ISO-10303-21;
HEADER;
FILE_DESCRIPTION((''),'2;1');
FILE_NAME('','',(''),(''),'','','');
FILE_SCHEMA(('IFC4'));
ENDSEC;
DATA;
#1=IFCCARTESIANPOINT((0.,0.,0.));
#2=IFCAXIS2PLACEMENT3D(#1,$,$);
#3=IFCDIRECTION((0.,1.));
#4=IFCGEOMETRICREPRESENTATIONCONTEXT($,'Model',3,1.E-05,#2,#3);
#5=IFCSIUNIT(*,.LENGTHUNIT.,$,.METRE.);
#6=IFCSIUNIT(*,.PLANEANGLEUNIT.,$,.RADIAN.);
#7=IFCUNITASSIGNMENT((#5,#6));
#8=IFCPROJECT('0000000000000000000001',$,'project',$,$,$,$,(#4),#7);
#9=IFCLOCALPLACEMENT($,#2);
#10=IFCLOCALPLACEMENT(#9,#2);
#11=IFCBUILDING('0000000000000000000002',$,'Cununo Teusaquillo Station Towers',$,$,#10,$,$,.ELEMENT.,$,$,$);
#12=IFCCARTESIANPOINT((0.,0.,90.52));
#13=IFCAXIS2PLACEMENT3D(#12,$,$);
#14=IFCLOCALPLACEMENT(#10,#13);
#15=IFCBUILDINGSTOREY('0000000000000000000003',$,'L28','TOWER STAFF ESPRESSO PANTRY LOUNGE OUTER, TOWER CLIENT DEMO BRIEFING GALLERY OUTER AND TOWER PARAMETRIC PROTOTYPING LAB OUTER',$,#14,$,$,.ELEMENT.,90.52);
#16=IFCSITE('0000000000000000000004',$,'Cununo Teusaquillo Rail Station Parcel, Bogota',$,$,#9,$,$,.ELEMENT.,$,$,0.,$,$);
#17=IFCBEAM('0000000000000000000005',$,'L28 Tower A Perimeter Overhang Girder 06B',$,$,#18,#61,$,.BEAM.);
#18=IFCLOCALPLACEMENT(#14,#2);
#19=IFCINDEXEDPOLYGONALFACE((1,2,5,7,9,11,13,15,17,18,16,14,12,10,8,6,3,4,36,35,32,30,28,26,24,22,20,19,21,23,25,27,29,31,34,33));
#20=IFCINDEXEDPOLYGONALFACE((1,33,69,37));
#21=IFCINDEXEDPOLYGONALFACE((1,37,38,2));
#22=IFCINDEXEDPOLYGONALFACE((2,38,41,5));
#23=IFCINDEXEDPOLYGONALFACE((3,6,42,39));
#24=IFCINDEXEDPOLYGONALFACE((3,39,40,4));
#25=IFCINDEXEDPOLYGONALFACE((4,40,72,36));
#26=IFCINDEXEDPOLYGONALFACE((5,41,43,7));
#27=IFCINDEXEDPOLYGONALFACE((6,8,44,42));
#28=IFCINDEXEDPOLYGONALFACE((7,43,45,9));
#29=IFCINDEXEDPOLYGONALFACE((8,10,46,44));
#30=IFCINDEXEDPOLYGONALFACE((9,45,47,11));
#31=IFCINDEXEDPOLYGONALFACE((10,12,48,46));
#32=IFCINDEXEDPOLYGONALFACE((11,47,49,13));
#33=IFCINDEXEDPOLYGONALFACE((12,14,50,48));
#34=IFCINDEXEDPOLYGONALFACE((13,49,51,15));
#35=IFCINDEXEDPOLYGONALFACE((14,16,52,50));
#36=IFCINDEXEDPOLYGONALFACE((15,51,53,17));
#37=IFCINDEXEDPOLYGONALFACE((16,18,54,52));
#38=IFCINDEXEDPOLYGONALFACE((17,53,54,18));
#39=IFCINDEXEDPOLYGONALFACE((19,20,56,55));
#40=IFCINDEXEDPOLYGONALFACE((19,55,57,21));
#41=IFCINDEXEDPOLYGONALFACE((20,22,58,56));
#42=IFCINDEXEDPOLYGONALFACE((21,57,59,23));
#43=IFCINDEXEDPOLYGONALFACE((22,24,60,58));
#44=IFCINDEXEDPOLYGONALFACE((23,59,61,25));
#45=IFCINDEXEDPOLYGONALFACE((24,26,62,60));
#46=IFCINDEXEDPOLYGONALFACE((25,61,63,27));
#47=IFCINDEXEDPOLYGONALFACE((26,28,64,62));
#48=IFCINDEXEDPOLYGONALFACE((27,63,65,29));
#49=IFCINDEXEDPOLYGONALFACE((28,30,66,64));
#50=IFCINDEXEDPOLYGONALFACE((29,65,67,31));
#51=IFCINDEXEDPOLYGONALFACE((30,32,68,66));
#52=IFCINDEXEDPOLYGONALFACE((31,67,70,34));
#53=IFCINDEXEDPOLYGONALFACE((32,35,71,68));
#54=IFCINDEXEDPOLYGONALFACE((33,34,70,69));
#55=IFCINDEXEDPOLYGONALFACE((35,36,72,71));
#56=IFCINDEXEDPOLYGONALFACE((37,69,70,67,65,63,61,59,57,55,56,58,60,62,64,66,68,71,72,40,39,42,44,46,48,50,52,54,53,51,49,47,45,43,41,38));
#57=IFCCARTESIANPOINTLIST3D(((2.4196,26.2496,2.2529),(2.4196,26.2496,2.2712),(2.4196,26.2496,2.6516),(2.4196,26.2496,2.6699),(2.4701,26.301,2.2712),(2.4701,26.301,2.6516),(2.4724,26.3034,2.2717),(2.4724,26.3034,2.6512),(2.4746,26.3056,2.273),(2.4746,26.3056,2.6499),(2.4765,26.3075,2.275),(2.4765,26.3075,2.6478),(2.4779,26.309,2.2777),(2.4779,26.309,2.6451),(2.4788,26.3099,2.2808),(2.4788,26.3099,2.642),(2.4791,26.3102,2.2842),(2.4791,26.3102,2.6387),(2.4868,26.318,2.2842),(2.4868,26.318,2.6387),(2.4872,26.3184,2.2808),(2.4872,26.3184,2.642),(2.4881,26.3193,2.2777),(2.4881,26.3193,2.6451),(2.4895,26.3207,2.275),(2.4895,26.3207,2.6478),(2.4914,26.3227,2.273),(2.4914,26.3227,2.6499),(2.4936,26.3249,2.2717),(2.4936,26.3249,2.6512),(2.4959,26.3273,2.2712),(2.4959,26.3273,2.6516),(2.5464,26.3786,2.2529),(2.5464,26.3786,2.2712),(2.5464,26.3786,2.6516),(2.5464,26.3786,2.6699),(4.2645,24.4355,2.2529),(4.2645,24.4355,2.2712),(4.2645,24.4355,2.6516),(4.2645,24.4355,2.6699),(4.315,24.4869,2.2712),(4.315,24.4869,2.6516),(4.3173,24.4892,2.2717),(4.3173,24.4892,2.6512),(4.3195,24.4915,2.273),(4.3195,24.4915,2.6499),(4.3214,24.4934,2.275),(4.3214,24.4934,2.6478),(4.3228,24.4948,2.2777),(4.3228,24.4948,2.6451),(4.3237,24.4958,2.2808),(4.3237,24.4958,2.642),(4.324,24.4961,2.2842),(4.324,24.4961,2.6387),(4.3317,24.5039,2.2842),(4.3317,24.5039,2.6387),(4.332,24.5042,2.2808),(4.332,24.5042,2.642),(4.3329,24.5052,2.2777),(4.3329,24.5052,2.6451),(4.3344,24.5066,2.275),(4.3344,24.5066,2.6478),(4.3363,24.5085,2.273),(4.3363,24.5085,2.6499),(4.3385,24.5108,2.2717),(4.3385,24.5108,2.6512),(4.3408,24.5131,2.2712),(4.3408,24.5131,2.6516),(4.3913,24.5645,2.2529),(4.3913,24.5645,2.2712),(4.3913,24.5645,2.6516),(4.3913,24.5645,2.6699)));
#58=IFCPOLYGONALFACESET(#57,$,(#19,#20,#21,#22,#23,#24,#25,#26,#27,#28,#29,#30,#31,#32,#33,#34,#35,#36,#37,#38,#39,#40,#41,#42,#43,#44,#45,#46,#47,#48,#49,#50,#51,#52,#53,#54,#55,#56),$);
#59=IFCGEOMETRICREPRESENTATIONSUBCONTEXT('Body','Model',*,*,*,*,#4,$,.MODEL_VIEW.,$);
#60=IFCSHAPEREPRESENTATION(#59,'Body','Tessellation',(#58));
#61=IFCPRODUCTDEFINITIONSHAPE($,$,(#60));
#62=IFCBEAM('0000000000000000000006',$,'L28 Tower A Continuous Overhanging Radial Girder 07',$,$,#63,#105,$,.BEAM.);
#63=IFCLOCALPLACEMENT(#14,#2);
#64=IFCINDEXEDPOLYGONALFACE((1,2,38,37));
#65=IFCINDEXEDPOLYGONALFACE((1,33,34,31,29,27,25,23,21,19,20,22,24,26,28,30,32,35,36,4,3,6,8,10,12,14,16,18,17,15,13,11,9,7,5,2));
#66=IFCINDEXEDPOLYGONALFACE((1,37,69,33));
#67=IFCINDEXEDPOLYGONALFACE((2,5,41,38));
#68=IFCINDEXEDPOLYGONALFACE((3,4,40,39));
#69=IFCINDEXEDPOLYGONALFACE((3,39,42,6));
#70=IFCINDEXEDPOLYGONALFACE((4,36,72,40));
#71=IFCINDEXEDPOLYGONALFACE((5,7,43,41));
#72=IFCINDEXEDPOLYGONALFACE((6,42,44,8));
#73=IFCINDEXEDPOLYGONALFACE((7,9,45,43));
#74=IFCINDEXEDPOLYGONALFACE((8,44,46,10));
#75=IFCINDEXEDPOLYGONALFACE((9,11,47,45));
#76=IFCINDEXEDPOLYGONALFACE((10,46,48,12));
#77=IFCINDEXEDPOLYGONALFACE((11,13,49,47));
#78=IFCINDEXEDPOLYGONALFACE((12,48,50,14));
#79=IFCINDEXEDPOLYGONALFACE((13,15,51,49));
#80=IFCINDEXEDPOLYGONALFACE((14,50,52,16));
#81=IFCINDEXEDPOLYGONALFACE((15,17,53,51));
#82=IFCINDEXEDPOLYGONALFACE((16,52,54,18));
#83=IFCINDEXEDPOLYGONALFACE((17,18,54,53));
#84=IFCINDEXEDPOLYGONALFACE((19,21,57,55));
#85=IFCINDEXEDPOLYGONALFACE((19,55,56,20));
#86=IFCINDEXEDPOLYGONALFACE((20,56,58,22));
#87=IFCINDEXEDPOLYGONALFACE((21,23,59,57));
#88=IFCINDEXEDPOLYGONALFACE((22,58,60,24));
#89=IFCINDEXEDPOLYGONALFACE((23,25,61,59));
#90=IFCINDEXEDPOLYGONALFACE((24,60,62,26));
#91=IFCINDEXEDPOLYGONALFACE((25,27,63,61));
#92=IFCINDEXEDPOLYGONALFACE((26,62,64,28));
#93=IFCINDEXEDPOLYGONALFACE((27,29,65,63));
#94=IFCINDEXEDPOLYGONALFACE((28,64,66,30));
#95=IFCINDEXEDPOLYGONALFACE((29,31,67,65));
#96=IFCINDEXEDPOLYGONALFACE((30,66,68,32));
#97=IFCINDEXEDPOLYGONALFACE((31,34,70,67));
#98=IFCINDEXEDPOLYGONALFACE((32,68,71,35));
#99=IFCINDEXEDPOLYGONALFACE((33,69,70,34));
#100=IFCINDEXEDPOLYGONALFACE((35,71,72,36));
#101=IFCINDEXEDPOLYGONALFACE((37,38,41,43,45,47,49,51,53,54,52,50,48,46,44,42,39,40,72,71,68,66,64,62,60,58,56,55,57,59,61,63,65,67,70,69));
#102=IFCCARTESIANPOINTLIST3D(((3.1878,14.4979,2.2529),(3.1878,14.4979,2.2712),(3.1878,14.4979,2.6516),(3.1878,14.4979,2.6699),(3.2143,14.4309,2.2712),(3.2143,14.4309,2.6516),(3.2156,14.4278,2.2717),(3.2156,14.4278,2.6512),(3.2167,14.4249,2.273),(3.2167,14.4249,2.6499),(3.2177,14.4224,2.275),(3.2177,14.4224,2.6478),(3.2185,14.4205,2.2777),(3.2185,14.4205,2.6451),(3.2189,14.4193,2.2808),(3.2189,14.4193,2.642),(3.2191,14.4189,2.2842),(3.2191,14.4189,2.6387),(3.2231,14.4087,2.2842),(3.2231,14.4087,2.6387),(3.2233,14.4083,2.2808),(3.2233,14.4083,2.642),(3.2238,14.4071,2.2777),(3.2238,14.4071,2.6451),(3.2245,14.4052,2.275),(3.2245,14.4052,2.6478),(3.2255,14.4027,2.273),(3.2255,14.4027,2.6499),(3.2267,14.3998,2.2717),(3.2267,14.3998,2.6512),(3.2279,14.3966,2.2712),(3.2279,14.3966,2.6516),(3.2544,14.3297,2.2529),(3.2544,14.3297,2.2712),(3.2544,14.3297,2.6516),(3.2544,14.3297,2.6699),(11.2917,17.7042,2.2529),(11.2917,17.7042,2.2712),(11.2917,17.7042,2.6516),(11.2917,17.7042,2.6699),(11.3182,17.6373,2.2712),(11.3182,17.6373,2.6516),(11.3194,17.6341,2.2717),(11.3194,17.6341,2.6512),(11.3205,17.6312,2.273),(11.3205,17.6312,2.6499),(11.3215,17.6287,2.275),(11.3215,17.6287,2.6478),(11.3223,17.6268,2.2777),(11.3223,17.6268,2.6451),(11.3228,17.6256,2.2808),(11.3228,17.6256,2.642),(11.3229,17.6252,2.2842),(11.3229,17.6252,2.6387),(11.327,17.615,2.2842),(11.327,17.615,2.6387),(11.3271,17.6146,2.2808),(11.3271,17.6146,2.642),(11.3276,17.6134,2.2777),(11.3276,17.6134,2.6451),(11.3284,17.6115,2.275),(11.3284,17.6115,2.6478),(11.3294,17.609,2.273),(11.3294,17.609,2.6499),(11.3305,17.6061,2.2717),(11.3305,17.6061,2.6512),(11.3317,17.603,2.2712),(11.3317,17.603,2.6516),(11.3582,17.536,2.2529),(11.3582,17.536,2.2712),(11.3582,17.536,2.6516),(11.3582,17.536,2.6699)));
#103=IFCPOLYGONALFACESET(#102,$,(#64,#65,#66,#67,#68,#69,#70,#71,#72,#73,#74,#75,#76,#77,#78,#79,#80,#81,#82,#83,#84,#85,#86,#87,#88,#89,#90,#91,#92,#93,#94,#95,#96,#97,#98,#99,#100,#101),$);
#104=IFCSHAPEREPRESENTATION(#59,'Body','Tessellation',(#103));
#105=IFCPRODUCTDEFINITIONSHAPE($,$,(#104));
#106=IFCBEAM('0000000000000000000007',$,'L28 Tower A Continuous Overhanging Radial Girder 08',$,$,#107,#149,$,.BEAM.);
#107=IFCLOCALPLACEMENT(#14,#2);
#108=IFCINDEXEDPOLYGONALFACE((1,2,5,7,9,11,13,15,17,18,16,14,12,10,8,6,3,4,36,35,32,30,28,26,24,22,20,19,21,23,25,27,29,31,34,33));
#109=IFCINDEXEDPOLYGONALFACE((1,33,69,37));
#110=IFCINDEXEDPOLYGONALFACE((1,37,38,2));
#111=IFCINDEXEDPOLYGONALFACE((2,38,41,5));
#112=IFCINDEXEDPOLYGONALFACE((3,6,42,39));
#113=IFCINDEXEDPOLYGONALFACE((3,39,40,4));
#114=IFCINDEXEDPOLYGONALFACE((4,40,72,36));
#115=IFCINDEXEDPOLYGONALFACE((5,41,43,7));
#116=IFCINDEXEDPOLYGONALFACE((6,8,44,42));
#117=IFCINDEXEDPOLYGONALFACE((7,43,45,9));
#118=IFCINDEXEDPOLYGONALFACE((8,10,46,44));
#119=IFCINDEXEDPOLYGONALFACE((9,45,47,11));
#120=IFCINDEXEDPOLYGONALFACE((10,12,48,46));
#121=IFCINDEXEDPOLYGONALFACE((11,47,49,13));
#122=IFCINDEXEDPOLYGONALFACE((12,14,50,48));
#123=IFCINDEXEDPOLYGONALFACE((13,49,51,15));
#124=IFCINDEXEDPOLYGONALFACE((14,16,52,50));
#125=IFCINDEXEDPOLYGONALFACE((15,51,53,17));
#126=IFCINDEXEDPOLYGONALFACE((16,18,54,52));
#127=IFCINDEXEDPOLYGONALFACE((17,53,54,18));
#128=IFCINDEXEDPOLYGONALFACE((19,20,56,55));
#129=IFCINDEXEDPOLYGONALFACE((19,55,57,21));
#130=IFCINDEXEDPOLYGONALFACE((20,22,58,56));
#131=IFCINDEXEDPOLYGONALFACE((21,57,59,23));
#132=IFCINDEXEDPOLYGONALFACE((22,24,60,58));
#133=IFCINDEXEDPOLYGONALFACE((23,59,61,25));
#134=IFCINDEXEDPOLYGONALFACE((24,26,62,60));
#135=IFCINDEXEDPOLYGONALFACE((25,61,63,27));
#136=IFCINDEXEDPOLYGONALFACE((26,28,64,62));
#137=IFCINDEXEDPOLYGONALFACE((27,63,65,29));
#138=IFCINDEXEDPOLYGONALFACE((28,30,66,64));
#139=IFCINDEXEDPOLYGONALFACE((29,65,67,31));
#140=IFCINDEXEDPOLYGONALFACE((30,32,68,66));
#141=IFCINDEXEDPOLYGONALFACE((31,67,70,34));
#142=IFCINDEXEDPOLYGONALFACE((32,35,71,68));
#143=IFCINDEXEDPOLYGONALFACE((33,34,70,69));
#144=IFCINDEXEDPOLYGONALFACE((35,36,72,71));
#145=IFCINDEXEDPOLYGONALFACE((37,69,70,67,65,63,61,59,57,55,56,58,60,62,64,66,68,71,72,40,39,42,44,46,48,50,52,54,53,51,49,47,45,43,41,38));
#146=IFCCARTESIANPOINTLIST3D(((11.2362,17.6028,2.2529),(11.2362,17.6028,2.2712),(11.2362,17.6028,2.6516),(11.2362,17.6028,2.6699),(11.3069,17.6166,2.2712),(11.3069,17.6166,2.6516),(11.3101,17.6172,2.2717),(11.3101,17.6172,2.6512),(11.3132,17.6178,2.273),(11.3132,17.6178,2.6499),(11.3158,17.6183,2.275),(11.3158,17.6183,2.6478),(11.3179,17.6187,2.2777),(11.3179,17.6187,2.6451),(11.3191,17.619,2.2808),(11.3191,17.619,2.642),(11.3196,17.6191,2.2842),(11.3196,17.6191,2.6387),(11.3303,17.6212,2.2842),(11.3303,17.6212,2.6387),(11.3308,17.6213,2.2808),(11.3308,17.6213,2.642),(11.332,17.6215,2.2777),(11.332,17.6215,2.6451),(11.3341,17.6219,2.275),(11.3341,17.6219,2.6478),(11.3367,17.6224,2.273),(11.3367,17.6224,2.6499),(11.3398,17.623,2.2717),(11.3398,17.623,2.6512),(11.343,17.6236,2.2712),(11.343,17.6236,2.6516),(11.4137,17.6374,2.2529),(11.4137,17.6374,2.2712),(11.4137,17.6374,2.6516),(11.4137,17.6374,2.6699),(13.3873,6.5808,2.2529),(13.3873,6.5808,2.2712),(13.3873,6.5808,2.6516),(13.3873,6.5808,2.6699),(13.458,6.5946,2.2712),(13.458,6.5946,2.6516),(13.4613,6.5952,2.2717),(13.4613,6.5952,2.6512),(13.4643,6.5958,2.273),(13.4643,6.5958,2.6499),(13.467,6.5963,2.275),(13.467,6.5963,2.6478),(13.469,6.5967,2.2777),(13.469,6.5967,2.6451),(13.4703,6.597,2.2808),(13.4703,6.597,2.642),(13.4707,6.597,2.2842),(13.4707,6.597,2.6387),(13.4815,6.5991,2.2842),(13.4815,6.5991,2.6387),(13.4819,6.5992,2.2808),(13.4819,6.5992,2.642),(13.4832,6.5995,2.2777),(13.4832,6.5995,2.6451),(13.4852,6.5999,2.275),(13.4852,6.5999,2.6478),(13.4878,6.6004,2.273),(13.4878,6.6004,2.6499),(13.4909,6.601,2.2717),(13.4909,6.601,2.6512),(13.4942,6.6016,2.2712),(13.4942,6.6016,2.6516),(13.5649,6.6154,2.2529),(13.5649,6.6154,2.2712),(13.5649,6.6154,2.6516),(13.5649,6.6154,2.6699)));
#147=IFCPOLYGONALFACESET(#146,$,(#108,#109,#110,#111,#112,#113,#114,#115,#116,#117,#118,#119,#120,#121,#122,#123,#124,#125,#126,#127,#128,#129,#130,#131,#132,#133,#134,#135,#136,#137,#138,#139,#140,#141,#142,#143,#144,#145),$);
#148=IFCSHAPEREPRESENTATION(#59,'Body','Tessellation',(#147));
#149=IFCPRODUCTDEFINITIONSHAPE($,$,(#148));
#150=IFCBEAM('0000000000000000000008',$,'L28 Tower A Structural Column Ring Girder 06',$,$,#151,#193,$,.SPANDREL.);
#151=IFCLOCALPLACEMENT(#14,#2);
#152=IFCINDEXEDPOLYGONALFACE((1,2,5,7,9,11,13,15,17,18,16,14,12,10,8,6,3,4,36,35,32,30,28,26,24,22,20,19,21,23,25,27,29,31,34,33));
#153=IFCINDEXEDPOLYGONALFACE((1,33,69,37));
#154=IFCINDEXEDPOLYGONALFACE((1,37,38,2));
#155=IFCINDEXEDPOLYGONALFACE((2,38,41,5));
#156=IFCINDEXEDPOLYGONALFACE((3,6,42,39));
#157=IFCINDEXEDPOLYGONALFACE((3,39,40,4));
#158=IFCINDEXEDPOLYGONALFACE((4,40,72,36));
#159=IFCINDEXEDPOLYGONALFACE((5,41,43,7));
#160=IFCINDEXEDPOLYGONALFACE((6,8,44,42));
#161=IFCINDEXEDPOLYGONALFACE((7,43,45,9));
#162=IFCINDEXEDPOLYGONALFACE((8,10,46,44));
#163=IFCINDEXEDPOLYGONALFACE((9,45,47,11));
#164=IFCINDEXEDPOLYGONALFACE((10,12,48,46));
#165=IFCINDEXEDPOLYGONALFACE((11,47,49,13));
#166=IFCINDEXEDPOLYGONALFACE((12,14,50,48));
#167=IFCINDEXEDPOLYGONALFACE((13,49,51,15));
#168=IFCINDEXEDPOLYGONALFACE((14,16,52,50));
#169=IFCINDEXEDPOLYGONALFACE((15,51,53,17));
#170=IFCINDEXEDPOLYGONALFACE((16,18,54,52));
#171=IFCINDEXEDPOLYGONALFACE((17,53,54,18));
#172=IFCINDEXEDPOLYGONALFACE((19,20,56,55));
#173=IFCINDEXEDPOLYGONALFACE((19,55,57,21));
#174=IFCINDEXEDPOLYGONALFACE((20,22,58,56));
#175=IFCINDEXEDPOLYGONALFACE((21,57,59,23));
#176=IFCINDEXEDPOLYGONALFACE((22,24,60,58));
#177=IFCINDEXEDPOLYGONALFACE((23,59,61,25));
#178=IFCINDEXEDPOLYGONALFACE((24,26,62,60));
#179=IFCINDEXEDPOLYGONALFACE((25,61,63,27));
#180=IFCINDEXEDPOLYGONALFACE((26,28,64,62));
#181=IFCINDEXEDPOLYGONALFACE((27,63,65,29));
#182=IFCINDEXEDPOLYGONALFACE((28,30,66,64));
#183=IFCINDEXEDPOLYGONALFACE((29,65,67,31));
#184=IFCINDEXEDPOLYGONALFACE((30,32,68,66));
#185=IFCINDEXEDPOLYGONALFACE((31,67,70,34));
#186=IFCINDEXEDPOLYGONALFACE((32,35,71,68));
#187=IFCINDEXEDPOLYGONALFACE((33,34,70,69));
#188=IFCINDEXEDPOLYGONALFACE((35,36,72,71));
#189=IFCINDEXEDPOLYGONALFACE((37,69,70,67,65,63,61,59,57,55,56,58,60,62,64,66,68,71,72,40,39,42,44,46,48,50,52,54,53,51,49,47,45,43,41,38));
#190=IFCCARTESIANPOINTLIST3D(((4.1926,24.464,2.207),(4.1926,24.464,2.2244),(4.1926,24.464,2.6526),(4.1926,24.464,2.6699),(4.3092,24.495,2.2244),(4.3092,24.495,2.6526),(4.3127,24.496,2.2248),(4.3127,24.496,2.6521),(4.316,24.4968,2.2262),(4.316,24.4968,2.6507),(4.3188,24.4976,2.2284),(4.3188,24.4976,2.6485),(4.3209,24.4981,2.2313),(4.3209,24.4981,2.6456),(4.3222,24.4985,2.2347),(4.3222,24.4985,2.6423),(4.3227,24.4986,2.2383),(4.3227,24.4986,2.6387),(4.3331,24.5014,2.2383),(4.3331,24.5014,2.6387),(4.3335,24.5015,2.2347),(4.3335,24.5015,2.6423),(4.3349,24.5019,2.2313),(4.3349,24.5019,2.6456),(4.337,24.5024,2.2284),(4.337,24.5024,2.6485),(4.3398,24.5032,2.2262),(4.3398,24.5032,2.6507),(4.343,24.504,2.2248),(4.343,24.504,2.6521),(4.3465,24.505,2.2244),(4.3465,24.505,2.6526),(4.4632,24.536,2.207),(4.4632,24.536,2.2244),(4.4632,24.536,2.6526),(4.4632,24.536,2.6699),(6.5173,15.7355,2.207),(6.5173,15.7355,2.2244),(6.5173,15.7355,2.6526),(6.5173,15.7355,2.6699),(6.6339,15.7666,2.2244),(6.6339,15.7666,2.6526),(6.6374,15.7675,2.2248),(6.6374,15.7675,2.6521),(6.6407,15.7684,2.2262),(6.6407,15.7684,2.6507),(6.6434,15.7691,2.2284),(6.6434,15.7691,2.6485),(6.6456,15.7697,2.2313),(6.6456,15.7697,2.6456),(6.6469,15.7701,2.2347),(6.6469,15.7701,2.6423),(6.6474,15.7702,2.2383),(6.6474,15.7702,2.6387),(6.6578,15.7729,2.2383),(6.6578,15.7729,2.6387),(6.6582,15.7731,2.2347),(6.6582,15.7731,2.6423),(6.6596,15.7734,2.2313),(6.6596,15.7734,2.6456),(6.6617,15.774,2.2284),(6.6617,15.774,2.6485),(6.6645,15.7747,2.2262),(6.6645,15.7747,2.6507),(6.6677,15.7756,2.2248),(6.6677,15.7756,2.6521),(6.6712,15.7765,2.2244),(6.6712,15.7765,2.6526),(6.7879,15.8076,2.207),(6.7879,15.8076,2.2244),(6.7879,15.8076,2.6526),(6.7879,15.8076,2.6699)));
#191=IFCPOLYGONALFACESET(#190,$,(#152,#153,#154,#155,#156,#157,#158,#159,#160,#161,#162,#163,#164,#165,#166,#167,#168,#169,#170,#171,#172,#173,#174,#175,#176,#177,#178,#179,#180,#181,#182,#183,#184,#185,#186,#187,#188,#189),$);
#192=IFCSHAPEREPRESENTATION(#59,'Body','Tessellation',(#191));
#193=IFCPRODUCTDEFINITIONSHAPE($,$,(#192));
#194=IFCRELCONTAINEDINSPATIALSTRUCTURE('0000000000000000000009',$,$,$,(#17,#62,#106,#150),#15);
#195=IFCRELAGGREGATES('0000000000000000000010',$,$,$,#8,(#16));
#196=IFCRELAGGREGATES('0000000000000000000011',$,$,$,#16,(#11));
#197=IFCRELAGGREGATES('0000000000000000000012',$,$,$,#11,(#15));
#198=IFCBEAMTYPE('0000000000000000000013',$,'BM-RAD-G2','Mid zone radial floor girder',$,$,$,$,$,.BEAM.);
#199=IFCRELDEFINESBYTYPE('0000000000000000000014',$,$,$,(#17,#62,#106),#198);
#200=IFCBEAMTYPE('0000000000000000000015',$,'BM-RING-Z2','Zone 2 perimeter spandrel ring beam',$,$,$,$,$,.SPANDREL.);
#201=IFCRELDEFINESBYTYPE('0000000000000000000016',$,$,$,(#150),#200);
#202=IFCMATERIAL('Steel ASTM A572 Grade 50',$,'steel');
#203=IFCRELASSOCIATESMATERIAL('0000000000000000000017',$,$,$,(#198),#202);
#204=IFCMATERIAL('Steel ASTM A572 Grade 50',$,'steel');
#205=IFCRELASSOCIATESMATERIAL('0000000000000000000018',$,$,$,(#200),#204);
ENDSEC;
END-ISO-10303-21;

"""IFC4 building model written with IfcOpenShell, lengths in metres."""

from ifc_helpers import new_model, si_unit, direction, frame, origin, origin_2d, place, context, subcontext, project, spatial, i_section, extrude, material, material_profile, profile_set, type_object, element, save


model = new_model("IFC4")

# Units and contexts
model_context = context("Model", 3, precision=1e-05, world=origin(), true_north=direction((0.0, 1.0)))
body_context = subcontext(model_context, "Body", "Model", "MODEL_VIEW")
ifc_project = project(units=[si_unit("LENGTHUNIT", "METRE"), si_unit("PLANEANGLEUNIT", "RADIAN")], contexts=[model_context])

# Site, building, storey
site_placement = place(None, origin())
site = spatial("IfcSite", under=ifc_project, at=site_placement, Name="Cununo Teusaquillo Rail Station Parcel, Bogota", CompositionType="ELEMENT", RefElevation=0.0)
building_placement = place(site_placement, origin())
building = spatial("IfcBuilding", under=site, at=building_placement, Name="Cununo Teusaquillo Station Towers", CompositionType="ELEMENT")
storey_placement = place(building_placement, frame((0.0, 0.0, 90.52)))
storey = spatial("IfcBuildingStorey", under=building, at=storey_placement, Name="L28", Description="TOWER STAFF ESPRESSO PANTRY LOUNGE OUTER, TOWER CLIENT DEMO BRIEFING GALLERY OUTER AND TOWER PARAMETRIC PROTOTYPING LAB OUTER", CompositionType="ELEMENT", Elevation=90.52)

# Beams
ifc_material_1 = material(Name="Steel ASTM A572 Grade 50", Category="steel")
ifc_material_profile_1 = material_profile(ifc_material_1, i_section(OverallWidth=0.1809, OverallDepth=0.417, WebThickness=0.011, FlangeThickness=0.0183, FilletRadius=0.0129, at=origin_2d()), Name="W16X57")
ifc_profile_set_1 = profile_set([ifc_material_profile_1], Name="Steel ASTM A572 Grade 50")
beam_type_1 = type_object("IfcBeamType", Name="BM-RAD-G2", Description="Mid zone radial floor girder", PredefinedType="BEAM", material=ifc_profile_set_1)
beam_1_placement = place(storey_placement, frame((4.3279, 24.5, 2.4614), z_axis=(-0.713026, 0.701138, 0.0), x_axis=(-0.701138, -0.713026, 0.0)))
element("IfcBeam", 1, at=beam_1_placement, inside=storey, type_object=beam_type_1, Name="L28 Tower A Perimeter Overhang Girder 06B", PredefinedType="BEAM", context=body_context, shape_type="SweptSolid", body=[
    extrude(i_section(OverallWidth=0.1809, OverallDepth=0.417, WebThickness=0.011, FlangeThickness=0.0183, FilletRadius=0.0129, at=origin_2d()), origin(), (0.0, 0.0, 1.0), 2.5874),
])
beam_2_placement = place(storey_placement, frame((11.325, 17.6201, 2.4614), z_axis=(-0.929863, -0.367906, 0.0), x_axis=(0.367906, -0.929863, 0.0)))
element("IfcBeam", 2, at=beam_2_placement, inside=storey, type_object=beam_type_1, Name="L28 Tower A Continuous Overhanging Radial Girder 07", PredefinedType="BEAM", context=body_context, shape_type="SweptSolid", body=[
    extrude(i_section(OverallWidth=0.1809, OverallDepth=0.417, WebThickness=0.011, FlangeThickness=0.0183, FilletRadius=0.0129, at=origin_2d()), origin(), (0.0, 0.0, 1.0), 8.7151),
])
beam_3_placement = place(storey_placement, frame((11.325, 17.6201, 2.4614), z_axis=(0.191553, -0.981482, 0.0), x_axis=(0.981482, 0.191553, 0.0)))
element("IfcBeam", 3, at=beam_3_placement, inside=storey, type_object=beam_type_1, Name="L28 Tower A Continuous Overhanging Radial Girder 08", PredefinedType="BEAM", context=body_context, shape_type="SweptSolid", body=[
    extrude(i_section(OverallWidth=0.1809, OverallDepth=0.417, WebThickness=0.011, FlangeThickness=0.0183, FilletRadius=0.0129, at=origin_2d()), origin(), (0.0, 0.0, 1.0), 11.23),
])
ifc_material_2 = material(Name="Steel ASTM A572 Grade 50", Category="steel")
ifc_material_profile_2 = material_profile(ifc_material_2, i_section(OverallWidth=0.28, OverallDepth=0.4629, WebThickness=0.0107, FlangeThickness=0.0173, FilletRadius=0.0139, at=origin_2d()), Name="W18X76")
ifc_profile_set_2 = profile_set([ifc_material_profile_2], Name="Steel ASTM A572 Grade 50")
beam_type_2 = type_object("IfcBeamType", Name="BM-RING-Z2", Description="Zone 2 perimeter spandrel ring beam", PredefinedType="SPANDREL", material=ifc_profile_set_2)
beam_4_placement = place(storey_placement, frame((4.3279, 24.5, 2.4385), z_axis=(0.257363, -0.966315, 0.0), x_axis=(0.966315, 0.257363, 0.0)))
element("IfcBeam", 4, at=beam_4_placement, inside=storey, type_object=beam_type_2, Name="L28 Tower A Structural Column Ring Girder 06", PredefinedType="SPANDREL", context=body_context, shape_type="SweptSolid", body=[
    extrude(i_section(OverallWidth=0.28, OverallDepth=0.4629, WebThickness=0.0107, FlangeThickness=0.0173, FilletRadius=0.0139, at=origin_2d()), origin(), (0.0, 0.0, 1.0), 9.0327),
])

save(model, "model.ifc")
